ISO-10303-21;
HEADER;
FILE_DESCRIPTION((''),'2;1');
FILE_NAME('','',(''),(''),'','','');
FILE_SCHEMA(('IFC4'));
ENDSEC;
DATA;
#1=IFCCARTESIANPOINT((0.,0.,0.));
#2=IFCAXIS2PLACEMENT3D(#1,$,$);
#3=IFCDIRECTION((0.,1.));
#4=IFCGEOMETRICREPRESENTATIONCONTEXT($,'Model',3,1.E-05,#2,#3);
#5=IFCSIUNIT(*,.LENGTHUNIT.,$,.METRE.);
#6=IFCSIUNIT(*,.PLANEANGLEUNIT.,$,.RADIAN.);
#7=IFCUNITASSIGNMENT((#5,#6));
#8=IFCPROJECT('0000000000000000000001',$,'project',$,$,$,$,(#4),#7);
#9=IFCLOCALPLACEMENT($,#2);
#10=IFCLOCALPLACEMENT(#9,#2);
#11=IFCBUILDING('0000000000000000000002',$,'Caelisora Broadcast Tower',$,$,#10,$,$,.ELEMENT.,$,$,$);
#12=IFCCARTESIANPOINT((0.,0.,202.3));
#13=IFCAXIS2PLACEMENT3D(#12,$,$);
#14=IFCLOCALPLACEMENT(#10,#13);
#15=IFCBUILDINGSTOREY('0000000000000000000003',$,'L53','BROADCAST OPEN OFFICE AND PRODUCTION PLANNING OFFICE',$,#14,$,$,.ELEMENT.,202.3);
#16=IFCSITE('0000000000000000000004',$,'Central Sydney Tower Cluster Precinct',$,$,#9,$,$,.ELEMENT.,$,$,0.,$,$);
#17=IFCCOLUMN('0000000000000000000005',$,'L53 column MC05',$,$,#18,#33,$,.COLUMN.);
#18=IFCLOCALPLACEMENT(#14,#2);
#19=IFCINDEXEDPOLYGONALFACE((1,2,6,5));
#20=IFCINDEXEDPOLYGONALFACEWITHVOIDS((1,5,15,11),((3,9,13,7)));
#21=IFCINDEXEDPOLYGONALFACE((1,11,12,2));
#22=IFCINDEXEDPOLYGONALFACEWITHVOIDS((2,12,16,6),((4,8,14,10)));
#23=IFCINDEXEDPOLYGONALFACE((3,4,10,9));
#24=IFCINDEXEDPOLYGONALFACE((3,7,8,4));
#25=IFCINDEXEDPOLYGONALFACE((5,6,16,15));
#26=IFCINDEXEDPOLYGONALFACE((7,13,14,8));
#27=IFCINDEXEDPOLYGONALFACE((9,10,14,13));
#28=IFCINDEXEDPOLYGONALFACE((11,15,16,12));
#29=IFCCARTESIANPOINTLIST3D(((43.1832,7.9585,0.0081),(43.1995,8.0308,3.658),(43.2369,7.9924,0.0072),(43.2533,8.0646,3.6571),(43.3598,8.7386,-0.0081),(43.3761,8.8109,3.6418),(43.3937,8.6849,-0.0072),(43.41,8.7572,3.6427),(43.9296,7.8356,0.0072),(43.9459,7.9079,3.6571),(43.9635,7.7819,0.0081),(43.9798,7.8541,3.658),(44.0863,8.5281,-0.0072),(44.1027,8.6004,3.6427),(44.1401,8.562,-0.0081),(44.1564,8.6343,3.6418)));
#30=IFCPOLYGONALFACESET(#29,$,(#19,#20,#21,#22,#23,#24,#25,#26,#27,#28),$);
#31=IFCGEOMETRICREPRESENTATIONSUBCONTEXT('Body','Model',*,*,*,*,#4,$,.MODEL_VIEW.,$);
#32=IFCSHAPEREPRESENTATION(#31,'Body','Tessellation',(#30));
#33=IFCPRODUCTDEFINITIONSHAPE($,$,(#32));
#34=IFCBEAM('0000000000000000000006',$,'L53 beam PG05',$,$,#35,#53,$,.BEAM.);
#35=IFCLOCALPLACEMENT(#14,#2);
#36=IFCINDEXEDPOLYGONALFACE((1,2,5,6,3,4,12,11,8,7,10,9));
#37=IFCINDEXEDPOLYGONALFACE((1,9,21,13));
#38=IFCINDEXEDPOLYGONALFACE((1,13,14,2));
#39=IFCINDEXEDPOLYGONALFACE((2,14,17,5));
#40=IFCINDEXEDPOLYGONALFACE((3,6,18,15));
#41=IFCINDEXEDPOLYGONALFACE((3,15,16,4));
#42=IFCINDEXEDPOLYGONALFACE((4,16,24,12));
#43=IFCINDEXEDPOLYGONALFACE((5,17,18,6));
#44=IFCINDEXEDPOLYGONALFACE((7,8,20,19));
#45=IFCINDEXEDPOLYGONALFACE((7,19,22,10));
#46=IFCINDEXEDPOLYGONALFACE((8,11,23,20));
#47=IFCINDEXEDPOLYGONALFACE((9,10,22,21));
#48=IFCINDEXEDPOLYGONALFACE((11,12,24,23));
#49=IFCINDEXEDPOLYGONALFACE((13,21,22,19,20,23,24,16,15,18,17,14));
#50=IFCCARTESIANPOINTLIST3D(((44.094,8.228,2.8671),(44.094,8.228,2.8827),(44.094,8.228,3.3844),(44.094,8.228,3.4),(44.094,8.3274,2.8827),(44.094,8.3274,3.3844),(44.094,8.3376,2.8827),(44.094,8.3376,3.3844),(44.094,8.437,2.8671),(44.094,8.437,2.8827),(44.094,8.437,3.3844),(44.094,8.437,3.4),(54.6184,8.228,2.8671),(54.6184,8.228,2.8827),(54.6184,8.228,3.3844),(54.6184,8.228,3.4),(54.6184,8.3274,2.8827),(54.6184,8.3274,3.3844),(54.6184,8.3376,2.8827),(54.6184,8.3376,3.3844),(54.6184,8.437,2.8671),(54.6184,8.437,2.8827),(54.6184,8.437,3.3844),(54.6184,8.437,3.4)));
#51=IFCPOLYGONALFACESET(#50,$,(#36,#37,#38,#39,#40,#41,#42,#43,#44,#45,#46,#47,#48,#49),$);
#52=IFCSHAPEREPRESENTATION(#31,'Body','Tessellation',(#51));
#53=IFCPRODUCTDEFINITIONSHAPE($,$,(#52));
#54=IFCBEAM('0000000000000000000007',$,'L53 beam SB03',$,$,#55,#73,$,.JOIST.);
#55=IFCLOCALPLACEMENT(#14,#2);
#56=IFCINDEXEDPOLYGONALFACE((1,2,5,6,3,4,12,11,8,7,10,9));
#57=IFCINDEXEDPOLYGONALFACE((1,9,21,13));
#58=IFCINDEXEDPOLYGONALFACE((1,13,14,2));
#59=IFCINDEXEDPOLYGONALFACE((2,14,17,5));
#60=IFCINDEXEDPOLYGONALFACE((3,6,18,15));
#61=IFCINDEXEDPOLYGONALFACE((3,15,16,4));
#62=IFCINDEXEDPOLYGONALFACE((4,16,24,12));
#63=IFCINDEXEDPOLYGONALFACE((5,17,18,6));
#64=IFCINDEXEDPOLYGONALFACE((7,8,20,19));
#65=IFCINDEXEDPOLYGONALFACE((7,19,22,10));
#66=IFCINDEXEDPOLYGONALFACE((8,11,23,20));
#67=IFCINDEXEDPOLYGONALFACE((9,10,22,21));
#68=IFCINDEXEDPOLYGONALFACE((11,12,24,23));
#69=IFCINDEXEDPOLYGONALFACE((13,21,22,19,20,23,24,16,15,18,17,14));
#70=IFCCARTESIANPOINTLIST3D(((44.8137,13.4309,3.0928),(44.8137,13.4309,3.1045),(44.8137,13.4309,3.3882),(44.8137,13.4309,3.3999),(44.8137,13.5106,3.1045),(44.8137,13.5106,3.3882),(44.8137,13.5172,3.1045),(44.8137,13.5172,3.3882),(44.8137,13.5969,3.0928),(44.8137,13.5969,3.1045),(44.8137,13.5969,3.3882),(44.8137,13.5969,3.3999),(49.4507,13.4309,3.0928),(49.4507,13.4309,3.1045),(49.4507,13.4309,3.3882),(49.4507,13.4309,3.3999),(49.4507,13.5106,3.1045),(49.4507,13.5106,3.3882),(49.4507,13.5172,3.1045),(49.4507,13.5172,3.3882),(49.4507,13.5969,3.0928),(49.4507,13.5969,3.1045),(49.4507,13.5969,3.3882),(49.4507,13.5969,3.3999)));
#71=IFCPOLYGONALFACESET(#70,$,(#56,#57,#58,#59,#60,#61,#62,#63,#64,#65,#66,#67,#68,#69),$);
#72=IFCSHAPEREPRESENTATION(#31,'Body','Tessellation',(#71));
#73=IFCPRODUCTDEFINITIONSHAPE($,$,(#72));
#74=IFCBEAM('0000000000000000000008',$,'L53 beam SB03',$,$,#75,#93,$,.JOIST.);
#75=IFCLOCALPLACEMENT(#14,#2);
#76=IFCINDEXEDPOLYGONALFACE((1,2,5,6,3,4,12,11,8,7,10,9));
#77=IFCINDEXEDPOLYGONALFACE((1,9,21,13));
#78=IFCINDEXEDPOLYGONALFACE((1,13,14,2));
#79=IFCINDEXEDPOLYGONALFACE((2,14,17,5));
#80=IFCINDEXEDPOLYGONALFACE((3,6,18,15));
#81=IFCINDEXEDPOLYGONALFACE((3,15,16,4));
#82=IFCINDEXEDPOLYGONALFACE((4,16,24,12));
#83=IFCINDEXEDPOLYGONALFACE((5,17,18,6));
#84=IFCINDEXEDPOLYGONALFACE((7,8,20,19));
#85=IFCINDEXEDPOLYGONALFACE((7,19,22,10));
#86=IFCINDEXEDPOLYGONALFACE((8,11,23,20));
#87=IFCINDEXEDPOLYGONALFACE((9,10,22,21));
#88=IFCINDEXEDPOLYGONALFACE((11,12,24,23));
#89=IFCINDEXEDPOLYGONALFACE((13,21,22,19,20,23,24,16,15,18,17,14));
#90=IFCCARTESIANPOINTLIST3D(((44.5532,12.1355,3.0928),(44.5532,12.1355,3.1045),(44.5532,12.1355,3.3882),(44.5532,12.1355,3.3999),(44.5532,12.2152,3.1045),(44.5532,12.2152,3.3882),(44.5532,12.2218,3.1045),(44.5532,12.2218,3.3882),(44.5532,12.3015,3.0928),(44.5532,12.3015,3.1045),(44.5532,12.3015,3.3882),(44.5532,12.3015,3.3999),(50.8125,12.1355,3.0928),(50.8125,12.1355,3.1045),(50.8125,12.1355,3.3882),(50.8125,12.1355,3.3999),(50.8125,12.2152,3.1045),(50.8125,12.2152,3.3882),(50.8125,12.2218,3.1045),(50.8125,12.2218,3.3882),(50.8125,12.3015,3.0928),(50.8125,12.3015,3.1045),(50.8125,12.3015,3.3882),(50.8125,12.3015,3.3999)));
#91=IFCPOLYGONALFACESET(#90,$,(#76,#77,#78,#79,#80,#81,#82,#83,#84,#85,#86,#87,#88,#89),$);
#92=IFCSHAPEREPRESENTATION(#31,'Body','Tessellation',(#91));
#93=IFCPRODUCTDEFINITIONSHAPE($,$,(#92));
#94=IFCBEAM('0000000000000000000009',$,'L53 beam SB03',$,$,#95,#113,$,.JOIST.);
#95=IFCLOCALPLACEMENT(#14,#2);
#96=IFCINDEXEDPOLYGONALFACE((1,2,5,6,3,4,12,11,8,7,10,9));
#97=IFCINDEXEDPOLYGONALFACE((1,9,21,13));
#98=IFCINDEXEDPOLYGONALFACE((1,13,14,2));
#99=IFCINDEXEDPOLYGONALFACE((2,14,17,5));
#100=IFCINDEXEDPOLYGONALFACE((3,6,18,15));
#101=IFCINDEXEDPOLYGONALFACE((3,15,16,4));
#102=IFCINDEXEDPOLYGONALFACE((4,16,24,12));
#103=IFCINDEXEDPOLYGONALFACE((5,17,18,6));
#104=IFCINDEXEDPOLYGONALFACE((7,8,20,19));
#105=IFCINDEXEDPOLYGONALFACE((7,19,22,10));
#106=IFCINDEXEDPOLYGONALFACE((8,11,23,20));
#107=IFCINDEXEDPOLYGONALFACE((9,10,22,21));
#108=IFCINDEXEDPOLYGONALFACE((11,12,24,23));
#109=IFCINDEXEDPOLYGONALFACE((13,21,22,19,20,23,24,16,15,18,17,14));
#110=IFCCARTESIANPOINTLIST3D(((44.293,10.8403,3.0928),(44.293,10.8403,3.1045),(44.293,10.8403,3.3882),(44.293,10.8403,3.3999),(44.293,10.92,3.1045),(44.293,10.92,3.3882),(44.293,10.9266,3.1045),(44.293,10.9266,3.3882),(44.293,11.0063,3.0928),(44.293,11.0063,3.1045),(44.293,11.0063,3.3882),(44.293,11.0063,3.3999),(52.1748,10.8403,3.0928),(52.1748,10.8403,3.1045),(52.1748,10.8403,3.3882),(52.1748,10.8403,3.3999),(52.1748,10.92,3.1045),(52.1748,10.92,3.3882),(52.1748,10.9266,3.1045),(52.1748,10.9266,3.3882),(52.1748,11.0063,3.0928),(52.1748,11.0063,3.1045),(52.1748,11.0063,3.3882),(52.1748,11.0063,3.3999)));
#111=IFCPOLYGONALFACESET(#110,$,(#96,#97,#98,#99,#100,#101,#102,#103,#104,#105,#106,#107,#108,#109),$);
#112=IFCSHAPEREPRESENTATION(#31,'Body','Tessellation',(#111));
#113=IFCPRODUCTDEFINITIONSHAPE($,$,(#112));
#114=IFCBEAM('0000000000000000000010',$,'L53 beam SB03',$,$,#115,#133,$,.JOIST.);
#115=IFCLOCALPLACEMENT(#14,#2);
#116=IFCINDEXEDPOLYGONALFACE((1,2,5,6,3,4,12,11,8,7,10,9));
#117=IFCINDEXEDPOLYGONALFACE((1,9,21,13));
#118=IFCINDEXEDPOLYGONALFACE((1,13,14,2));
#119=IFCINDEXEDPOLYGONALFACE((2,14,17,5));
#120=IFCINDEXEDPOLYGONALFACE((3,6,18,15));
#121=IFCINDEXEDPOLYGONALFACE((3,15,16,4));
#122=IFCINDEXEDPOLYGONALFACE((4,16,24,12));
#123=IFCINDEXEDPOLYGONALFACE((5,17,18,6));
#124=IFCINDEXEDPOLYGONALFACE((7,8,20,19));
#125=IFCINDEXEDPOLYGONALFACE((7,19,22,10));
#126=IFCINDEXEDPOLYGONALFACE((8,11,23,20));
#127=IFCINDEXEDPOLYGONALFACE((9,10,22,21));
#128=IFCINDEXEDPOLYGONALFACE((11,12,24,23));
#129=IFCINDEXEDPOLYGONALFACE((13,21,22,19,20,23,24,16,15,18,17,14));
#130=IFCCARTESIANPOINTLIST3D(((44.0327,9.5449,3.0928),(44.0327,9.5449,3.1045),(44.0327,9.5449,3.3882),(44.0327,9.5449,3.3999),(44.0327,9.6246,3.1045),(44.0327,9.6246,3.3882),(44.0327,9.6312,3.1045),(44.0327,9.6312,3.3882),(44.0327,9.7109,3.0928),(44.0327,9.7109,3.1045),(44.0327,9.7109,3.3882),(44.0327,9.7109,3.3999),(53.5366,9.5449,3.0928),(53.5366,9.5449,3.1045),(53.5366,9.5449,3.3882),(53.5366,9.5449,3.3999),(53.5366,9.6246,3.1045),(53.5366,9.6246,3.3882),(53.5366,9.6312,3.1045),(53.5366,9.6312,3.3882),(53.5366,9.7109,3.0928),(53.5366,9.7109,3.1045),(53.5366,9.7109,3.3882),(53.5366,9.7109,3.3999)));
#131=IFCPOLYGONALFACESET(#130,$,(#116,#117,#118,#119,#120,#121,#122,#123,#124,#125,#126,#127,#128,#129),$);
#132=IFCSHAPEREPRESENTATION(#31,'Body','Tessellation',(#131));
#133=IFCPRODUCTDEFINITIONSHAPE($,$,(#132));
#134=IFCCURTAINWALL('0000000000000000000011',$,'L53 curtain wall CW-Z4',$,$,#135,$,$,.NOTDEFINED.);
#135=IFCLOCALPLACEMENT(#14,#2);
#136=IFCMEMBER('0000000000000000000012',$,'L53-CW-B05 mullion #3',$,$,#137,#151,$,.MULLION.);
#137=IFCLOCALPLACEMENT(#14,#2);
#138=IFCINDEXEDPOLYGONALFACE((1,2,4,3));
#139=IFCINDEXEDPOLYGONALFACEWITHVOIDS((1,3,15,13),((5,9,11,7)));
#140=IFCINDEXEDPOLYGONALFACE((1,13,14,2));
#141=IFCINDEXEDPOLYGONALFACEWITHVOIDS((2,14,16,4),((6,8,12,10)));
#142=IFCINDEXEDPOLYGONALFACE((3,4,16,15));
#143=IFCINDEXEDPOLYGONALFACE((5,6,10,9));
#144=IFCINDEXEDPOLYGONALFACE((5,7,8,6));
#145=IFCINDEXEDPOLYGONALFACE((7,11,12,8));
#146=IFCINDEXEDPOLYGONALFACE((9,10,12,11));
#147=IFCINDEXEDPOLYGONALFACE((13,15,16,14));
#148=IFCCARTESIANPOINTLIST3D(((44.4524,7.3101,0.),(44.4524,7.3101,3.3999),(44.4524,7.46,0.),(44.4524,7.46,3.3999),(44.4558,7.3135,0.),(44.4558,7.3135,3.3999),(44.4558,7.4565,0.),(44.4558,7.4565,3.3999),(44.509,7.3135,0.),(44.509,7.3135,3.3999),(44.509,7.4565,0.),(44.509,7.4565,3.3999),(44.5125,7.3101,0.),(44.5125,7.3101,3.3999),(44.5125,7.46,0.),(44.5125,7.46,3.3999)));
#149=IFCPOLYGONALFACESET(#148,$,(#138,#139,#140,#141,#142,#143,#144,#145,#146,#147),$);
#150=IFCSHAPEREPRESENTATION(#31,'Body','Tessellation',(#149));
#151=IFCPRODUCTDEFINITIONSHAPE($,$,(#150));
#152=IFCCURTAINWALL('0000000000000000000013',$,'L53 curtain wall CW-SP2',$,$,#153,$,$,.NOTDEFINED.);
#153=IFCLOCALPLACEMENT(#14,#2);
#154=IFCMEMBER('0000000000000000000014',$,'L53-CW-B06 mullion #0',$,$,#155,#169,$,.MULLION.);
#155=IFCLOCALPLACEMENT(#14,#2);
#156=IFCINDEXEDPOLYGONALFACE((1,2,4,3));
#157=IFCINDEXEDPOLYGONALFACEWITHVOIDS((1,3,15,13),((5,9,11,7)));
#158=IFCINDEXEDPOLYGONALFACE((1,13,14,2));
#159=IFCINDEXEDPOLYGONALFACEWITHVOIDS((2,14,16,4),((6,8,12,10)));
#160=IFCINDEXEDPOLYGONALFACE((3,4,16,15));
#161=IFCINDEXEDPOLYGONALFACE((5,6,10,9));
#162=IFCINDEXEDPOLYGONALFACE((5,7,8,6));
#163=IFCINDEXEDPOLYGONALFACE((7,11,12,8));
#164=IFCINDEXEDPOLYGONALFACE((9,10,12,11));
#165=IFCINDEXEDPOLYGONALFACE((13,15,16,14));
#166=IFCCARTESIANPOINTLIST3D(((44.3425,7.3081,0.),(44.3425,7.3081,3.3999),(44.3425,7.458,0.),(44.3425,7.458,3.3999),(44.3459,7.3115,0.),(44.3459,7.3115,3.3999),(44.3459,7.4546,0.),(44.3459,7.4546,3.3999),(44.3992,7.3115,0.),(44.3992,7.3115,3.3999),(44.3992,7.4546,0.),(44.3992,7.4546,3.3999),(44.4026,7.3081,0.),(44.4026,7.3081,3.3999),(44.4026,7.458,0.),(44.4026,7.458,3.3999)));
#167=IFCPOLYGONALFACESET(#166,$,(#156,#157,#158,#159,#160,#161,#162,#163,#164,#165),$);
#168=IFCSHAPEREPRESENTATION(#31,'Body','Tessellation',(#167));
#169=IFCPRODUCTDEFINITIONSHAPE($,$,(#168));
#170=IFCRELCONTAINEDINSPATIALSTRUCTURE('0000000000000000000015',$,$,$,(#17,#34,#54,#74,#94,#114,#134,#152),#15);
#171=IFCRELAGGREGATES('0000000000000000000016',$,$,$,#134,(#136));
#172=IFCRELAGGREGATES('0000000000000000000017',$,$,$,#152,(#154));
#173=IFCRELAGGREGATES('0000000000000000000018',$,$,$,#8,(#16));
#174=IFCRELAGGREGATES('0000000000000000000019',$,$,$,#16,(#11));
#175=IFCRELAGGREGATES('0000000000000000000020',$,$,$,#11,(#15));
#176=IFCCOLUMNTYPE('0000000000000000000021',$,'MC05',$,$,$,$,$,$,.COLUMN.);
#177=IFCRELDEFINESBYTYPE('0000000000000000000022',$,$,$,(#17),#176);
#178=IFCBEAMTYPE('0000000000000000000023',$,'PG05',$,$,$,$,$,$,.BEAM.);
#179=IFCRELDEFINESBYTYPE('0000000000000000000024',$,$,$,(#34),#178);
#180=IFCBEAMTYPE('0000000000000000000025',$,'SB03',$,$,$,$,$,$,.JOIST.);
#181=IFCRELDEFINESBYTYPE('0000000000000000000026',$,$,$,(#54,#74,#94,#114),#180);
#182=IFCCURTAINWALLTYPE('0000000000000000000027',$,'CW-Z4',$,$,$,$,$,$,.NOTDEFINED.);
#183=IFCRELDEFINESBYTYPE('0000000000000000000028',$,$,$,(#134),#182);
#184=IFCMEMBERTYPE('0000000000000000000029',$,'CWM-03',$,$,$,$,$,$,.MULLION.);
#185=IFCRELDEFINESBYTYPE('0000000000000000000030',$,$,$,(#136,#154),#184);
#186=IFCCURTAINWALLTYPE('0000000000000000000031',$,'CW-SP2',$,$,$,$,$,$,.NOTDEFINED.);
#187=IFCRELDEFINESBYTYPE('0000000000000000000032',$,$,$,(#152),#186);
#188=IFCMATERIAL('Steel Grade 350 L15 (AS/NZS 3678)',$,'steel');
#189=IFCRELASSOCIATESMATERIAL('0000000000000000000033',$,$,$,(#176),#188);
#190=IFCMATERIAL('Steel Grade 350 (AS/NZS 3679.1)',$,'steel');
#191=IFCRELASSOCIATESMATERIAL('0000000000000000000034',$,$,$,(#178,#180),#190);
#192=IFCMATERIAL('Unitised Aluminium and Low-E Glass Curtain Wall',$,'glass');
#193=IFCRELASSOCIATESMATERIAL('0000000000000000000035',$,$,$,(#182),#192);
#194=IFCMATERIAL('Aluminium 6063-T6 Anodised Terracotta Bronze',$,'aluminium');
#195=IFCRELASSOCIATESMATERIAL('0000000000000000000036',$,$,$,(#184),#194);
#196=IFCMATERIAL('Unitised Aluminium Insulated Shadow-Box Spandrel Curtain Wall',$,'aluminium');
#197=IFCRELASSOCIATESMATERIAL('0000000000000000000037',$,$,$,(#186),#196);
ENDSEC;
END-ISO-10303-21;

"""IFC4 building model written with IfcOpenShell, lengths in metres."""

from ifc_helpers import new_model, si_unit, direction, frame, origin, origin_2d, place, context, subcontext, project, spatial, hollow_rectangle, i_section, extrude, source, transform, mapped, material, material_profile, profile_set, type_object, type_shapes, element, aggregate, save


model = new_model("IFC4")

# Units and contexts
model_context = context("Model", 3, precision=1e-05, world=origin(), true_north=direction((0.0, 1.0)))
body_context = subcontext(model_context, "Body", "Model", "MODEL_VIEW")
ifc_project = project(units=[si_unit("LENGTHUNIT", "METRE"), si_unit("PLANEANGLEUNIT", "RADIAN")], contexts=[model_context])

# Site, building, storey
site_placement = place(None, origin())
site = spatial("IfcSite", under=ifc_project, at=site_placement, Name="Central Sydney Tower Cluster Precinct", CompositionType="ELEMENT", RefElevation=0.0)
building_placement = place(site_placement, origin())
building = spatial("IfcBuilding", under=site, at=building_placement, Name="Caelisora Broadcast Tower", CompositionType="ELEMENT")
storey_placement = place(building_placement, frame((0.0, 0.0, 202.3)))
storey = spatial("IfcBuildingStorey", under=building, at=storey_placement, Name="L53", Description="BROADCAST OPEN OFFICE AND PRODUCTION PLANNING OFFICE", CompositionType="ELEMENT", Elevation=202.3)

# Column
ifc_material_1 = material(Name="Steel Grade 350 L15 (AS/NZS 3678)", Category="steel")
ifc_material_profile_1 = material_profile(ifc_material_1, hollow_rectangle(XDim=0.8, YDim=0.8, WallThickness=0.0449, at=origin_2d()), Name="Steel Grade 350 L15 (AS/NZS 3678)")
ifc_profile_set_1 = profile_set([ifc_material_profile_1], Name="Steel Grade 350 L15 (AS/NZS 3678)")
column_type = type_object("IfcColumnType", Name="MC05", PredefinedType="COLUMN", material=ifc_profile_set_1)
shared_shape_1 = source(origin(), body_context, "Body", "SweptSolid", [
    extrude(hollow_rectangle(XDim=0.8, YDim=0.8, WallThickness=0.0449, at=origin_2d()), origin(), (0.0, 0.0, 1.0), 3.6506),
])
type_shapes(column_type, [shared_shape_1])
column_placement = place(storey_placement, frame((43.6616, 8.2603, 0.0), z_axis=(0.004481, 0.019795, 0.999794), x_axis=(-0.975327, 0.220767, 0.0)))
element("IfcColumn", 1, at=column_placement, inside=storey, type_object=column_type, Name="L53 column MC05", PredefinedType="COLUMN", context=body_context, shape_type="MappedRepresentation", body=[
    mapped(shared_shape_1, transform((0.0, 0.0, 0.0), scale=1.0)),
])

# Beams
ifc_material_2 = material(Name="Steel Grade 350 (AS/NZS 3679.1)", Category="steel")
ifc_material_profile_2 = material_profile(ifc_material_2, i_section(OverallWidth=0.209, OverallDepth=0.533, WebThickness=0.0103, FlangeThickness=0.0156, at=origin_2d()), Name="Steel Grade 350 (AS/NZS 3679.1)")
ifc_profile_set_2 = profile_set([ifc_material_profile_2], Name="Steel Grade 350 (AS/NZS 3679.1)")
beam_type_1 = type_object("IfcBeamType", Name="PG05", PredefinedType="BEAM", material=ifc_profile_set_2)
shared_shape_2 = source(origin(), body_context, "Body", "SweptSolid", [
    extrude(i_section(OverallWidth=0.209, OverallDepth=0.533, WebThickness=0.0103, FlangeThickness=0.0156, at=origin_2d()), origin(), (0.0, 0.0, 1.0), 10.5244),
])
type_shapes(beam_type_1, [shared_shape_2])
beam_1_placement = place(storey_placement, frame((44.094, 8.3325, 3.1335), z_axis=(1.0, 0.0, 0.0), x_axis=(0.0, 1.0, 0.0)))
element("IfcBeam", 2, at=beam_1_placement, inside=storey, type_object=beam_type_1, Name="L53 beam PG05", PredefinedType="BEAM", context=body_context, shape_type="MappedRepresentation", body=[
    mapped(shared_shape_2, transform((0.0, 0.0, 0.0), scale=1.0)),
])
ifc_material_profile_3 = material_profile(ifc_material_2, i_section(OverallWidth=0.166, OverallDepth=0.3071, WebThickness=0.0066, FlangeThickness=0.0117, at=origin_2d()), Name="Steel Grade 350 (AS/NZS 3679.1)")
ifc_profile_set_3 = profile_set([ifc_material_profile_3], Name="Steel Grade 350 (AS/NZS 3679.1)")
beam_type_2 = type_object("IfcBeamType", Name="SB03", PredefinedType="JOIST", material=ifc_profile_set_3)
shared_shape_3 = source(origin(), body_context, "Body", "SweptSolid", [
    extrude(i_section(OverallWidth=0.166, OverallDepth=0.3071, WebThickness=0.0066, FlangeThickness=0.0117, at=origin_2d()), origin(), (0.0, 0.0, 1.0), 4.637),
])
beam_2_placement = place(storey_placement, frame((44.8137, 13.5139, 3.2463), z_axis=(1.0, 0.0, 0.0), x_axis=(0.0, 1.0, 0.0)))
element("IfcBeam", 3, at=beam_2_placement, inside=storey, type_object=beam_type_2, Name="L53 beam SB03", PredefinedType="JOIST", context=body_context, shape_type="MappedRepresentation", body=[
    mapped(shared_shape_3, transform((0.0, 0.0, 0.0), scale=1.0)),
])
shared_shape_4 = source(origin(), body_context, "Body", "SweptSolid", [
    extrude(i_section(OverallWidth=0.166, OverallDepth=0.3071, WebThickness=0.0066, FlangeThickness=0.0117, at=origin_2d()), origin(), (0.0, 0.0, 1.0), 6.2593),
])
beam_3_placement = place(storey_placement, frame((44.5532, 12.2185, 3.2463), z_axis=(1.0, 0.0, 0.0), x_axis=(0.0, 1.0, 0.0)))
element("IfcBeam", 4, at=beam_3_placement, inside=storey, type_object=beam_type_2, Name="L53 beam SB03", PredefinedType="JOIST", context=body_context, shape_type="MappedRepresentation", body=[
    mapped(shared_shape_4, transform((0.0, 0.0, 0.0), scale=1.0)),
])
shared_shape_5 = source(origin(), body_context, "Body", "SweptSolid", [
    extrude(i_section(OverallWidth=0.166, OverallDepth=0.3071, WebThickness=0.0066, FlangeThickness=0.0117, at=origin_2d()), origin(), (0.0, 0.0, 1.0), 7.8818),
])
beam_4_placement = place(storey_placement, frame((44.293, 10.9233, 3.2463), z_axis=(1.0, 0.0, 0.0), x_axis=(0.0, 1.0, 0.0)))
element("IfcBeam", 5, at=beam_4_placement, inside=storey, type_object=beam_type_2, Name="L53 beam SB03", PredefinedType="JOIST", context=body_context, shape_type="MappedRepresentation", body=[
    mapped(shared_shape_5, transform((0.0, 0.0, 0.0), scale=1.0)),
])
shared_shape_6 = source(origin(), body_context, "Body", "SweptSolid", [
    extrude(i_section(OverallWidth=0.166, OverallDepth=0.3071, WebThickness=0.0066, FlangeThickness=0.0117, at=origin_2d()), origin(), (0.0, 0.0, 1.0), 9.5039),
])
type_shapes(beam_type_2, [shared_shape_3, shared_shape_4, shared_shape_5, shared_shape_6])
beam_5_placement = place(storey_placement, frame((44.0327, 9.6279, 3.2463), z_axis=(1.0, 0.0, 0.0), x_axis=(0.0, 1.0, 0.0)))
element("IfcBeam", 6, at=beam_5_placement, inside=storey, type_object=beam_type_2, Name="L53 beam SB03", PredefinedType="JOIST", context=body_context, shape_type="MappedRepresentation", body=[
    mapped(shared_shape_6, transform((0.0, 0.0, 0.0), scale=1.0)),
])

# Curtain wall, member
ifc_material_3 = material(Name="Unitised Aluminium and Low-E Glass Curtain Wall", Category="glass")
curtain_wall_type_1 = type_object("IfcCurtainWallType", Name="CW-Z4", PredefinedType="NOTDEFINED", material=ifc_material_3)
curtain_wall_1_placement = place(storey_placement, origin())
curtain_wall_1 = element("IfcCurtainWall", 7, at=curtain_wall_1_placement, inside=storey, type_object=curtain_wall_type_1, Name="L53 curtain wall CW-Z4", PredefinedType="NOTDEFINED")
ifc_material_4 = material(Name="Aluminium 6063-T6 Anodised Terracotta Bronze", Category="aluminium")
ifc_material_profile_4 = material_profile(ifc_material_4, hollow_rectangle(XDim=0.0601, YDim=0.1499, WallThickness=0.0034, at=origin_2d()), Name="Aluminium 6063-T6 Anodised Terracotta Bronze")
ifc_profile_set_4 = profile_set([ifc_material_profile_4], Name="Aluminium 6063-T6 Anodised Terracotta Bronze")
member_type_1 = type_object("IfcMemberType", Name="CWM-03", PredefinedType="MULLION", material=ifc_profile_set_4)
shared_shape_7 = source(origin(), body_context, "Body", "SweptSolid", [
    extrude(hollow_rectangle(XDim=0.0601, YDim=0.1499, WallThickness=0.0034, at=origin_2d()), origin(), (0.0, 0.0, 1.0), 3.3999),
])
type_shapes(member_type_1, [shared_shape_7])
member_1_placement = place(storey_placement, frame((44.4824, 7.385, 0.0), z_axis=(0.0, 0.0, 1.0), x_axis=(1.0, 0.0, 0.0)))
member_1 = element("IfcMember", 8, at=member_1_placement, type_object=member_type_1, Name="L53-CW-B05 mullion #3", PredefinedType="MULLION", context=body_context, shape_type="MappedRepresentation", body=[
    mapped(shared_shape_7, transform((0.0, 0.0, 0.0), scale=1.0)),
])
aggregate(curtain_wall_1, [member_1])

# Curtain wall, member
ifc_material_5 = material(Name="Unitised Aluminium Insulated Shadow-Box Spandrel Curtain Wall", Category="aluminium")
curtain_wall_type_2 = type_object("IfcCurtainWallType", Name="CW-SP2", PredefinedType="NOTDEFINED", material=ifc_material_5)
curtain_wall_2_placement = place(storey_placement, origin())
curtain_wall_2 = element("IfcCurtainWall", 9, at=curtain_wall_2_placement, inside=storey, type_object=curtain_wall_type_2, Name="L53 curtain wall CW-SP2", PredefinedType="NOTDEFINED")
member_2_placement = place(storey_placement, frame((44.3726, 7.3831, 0.0), z_axis=(0.0, 0.0, 1.0), x_axis=(1.0, 0.0, 0.0)))
member_2 = element("IfcMember", 10, at=member_2_placement, type_object=member_type_1, Name="L53-CW-B06 mullion #0", PredefinedType="MULLION", context=body_context, shape_type="MappedRepresentation", body=[
    mapped(shared_shape_7, transform((0.0, 0.0, 0.0), scale=1.0)),
])

aggregate(curtain_wall_2, [member_2])

save(model, "model.ifc")
